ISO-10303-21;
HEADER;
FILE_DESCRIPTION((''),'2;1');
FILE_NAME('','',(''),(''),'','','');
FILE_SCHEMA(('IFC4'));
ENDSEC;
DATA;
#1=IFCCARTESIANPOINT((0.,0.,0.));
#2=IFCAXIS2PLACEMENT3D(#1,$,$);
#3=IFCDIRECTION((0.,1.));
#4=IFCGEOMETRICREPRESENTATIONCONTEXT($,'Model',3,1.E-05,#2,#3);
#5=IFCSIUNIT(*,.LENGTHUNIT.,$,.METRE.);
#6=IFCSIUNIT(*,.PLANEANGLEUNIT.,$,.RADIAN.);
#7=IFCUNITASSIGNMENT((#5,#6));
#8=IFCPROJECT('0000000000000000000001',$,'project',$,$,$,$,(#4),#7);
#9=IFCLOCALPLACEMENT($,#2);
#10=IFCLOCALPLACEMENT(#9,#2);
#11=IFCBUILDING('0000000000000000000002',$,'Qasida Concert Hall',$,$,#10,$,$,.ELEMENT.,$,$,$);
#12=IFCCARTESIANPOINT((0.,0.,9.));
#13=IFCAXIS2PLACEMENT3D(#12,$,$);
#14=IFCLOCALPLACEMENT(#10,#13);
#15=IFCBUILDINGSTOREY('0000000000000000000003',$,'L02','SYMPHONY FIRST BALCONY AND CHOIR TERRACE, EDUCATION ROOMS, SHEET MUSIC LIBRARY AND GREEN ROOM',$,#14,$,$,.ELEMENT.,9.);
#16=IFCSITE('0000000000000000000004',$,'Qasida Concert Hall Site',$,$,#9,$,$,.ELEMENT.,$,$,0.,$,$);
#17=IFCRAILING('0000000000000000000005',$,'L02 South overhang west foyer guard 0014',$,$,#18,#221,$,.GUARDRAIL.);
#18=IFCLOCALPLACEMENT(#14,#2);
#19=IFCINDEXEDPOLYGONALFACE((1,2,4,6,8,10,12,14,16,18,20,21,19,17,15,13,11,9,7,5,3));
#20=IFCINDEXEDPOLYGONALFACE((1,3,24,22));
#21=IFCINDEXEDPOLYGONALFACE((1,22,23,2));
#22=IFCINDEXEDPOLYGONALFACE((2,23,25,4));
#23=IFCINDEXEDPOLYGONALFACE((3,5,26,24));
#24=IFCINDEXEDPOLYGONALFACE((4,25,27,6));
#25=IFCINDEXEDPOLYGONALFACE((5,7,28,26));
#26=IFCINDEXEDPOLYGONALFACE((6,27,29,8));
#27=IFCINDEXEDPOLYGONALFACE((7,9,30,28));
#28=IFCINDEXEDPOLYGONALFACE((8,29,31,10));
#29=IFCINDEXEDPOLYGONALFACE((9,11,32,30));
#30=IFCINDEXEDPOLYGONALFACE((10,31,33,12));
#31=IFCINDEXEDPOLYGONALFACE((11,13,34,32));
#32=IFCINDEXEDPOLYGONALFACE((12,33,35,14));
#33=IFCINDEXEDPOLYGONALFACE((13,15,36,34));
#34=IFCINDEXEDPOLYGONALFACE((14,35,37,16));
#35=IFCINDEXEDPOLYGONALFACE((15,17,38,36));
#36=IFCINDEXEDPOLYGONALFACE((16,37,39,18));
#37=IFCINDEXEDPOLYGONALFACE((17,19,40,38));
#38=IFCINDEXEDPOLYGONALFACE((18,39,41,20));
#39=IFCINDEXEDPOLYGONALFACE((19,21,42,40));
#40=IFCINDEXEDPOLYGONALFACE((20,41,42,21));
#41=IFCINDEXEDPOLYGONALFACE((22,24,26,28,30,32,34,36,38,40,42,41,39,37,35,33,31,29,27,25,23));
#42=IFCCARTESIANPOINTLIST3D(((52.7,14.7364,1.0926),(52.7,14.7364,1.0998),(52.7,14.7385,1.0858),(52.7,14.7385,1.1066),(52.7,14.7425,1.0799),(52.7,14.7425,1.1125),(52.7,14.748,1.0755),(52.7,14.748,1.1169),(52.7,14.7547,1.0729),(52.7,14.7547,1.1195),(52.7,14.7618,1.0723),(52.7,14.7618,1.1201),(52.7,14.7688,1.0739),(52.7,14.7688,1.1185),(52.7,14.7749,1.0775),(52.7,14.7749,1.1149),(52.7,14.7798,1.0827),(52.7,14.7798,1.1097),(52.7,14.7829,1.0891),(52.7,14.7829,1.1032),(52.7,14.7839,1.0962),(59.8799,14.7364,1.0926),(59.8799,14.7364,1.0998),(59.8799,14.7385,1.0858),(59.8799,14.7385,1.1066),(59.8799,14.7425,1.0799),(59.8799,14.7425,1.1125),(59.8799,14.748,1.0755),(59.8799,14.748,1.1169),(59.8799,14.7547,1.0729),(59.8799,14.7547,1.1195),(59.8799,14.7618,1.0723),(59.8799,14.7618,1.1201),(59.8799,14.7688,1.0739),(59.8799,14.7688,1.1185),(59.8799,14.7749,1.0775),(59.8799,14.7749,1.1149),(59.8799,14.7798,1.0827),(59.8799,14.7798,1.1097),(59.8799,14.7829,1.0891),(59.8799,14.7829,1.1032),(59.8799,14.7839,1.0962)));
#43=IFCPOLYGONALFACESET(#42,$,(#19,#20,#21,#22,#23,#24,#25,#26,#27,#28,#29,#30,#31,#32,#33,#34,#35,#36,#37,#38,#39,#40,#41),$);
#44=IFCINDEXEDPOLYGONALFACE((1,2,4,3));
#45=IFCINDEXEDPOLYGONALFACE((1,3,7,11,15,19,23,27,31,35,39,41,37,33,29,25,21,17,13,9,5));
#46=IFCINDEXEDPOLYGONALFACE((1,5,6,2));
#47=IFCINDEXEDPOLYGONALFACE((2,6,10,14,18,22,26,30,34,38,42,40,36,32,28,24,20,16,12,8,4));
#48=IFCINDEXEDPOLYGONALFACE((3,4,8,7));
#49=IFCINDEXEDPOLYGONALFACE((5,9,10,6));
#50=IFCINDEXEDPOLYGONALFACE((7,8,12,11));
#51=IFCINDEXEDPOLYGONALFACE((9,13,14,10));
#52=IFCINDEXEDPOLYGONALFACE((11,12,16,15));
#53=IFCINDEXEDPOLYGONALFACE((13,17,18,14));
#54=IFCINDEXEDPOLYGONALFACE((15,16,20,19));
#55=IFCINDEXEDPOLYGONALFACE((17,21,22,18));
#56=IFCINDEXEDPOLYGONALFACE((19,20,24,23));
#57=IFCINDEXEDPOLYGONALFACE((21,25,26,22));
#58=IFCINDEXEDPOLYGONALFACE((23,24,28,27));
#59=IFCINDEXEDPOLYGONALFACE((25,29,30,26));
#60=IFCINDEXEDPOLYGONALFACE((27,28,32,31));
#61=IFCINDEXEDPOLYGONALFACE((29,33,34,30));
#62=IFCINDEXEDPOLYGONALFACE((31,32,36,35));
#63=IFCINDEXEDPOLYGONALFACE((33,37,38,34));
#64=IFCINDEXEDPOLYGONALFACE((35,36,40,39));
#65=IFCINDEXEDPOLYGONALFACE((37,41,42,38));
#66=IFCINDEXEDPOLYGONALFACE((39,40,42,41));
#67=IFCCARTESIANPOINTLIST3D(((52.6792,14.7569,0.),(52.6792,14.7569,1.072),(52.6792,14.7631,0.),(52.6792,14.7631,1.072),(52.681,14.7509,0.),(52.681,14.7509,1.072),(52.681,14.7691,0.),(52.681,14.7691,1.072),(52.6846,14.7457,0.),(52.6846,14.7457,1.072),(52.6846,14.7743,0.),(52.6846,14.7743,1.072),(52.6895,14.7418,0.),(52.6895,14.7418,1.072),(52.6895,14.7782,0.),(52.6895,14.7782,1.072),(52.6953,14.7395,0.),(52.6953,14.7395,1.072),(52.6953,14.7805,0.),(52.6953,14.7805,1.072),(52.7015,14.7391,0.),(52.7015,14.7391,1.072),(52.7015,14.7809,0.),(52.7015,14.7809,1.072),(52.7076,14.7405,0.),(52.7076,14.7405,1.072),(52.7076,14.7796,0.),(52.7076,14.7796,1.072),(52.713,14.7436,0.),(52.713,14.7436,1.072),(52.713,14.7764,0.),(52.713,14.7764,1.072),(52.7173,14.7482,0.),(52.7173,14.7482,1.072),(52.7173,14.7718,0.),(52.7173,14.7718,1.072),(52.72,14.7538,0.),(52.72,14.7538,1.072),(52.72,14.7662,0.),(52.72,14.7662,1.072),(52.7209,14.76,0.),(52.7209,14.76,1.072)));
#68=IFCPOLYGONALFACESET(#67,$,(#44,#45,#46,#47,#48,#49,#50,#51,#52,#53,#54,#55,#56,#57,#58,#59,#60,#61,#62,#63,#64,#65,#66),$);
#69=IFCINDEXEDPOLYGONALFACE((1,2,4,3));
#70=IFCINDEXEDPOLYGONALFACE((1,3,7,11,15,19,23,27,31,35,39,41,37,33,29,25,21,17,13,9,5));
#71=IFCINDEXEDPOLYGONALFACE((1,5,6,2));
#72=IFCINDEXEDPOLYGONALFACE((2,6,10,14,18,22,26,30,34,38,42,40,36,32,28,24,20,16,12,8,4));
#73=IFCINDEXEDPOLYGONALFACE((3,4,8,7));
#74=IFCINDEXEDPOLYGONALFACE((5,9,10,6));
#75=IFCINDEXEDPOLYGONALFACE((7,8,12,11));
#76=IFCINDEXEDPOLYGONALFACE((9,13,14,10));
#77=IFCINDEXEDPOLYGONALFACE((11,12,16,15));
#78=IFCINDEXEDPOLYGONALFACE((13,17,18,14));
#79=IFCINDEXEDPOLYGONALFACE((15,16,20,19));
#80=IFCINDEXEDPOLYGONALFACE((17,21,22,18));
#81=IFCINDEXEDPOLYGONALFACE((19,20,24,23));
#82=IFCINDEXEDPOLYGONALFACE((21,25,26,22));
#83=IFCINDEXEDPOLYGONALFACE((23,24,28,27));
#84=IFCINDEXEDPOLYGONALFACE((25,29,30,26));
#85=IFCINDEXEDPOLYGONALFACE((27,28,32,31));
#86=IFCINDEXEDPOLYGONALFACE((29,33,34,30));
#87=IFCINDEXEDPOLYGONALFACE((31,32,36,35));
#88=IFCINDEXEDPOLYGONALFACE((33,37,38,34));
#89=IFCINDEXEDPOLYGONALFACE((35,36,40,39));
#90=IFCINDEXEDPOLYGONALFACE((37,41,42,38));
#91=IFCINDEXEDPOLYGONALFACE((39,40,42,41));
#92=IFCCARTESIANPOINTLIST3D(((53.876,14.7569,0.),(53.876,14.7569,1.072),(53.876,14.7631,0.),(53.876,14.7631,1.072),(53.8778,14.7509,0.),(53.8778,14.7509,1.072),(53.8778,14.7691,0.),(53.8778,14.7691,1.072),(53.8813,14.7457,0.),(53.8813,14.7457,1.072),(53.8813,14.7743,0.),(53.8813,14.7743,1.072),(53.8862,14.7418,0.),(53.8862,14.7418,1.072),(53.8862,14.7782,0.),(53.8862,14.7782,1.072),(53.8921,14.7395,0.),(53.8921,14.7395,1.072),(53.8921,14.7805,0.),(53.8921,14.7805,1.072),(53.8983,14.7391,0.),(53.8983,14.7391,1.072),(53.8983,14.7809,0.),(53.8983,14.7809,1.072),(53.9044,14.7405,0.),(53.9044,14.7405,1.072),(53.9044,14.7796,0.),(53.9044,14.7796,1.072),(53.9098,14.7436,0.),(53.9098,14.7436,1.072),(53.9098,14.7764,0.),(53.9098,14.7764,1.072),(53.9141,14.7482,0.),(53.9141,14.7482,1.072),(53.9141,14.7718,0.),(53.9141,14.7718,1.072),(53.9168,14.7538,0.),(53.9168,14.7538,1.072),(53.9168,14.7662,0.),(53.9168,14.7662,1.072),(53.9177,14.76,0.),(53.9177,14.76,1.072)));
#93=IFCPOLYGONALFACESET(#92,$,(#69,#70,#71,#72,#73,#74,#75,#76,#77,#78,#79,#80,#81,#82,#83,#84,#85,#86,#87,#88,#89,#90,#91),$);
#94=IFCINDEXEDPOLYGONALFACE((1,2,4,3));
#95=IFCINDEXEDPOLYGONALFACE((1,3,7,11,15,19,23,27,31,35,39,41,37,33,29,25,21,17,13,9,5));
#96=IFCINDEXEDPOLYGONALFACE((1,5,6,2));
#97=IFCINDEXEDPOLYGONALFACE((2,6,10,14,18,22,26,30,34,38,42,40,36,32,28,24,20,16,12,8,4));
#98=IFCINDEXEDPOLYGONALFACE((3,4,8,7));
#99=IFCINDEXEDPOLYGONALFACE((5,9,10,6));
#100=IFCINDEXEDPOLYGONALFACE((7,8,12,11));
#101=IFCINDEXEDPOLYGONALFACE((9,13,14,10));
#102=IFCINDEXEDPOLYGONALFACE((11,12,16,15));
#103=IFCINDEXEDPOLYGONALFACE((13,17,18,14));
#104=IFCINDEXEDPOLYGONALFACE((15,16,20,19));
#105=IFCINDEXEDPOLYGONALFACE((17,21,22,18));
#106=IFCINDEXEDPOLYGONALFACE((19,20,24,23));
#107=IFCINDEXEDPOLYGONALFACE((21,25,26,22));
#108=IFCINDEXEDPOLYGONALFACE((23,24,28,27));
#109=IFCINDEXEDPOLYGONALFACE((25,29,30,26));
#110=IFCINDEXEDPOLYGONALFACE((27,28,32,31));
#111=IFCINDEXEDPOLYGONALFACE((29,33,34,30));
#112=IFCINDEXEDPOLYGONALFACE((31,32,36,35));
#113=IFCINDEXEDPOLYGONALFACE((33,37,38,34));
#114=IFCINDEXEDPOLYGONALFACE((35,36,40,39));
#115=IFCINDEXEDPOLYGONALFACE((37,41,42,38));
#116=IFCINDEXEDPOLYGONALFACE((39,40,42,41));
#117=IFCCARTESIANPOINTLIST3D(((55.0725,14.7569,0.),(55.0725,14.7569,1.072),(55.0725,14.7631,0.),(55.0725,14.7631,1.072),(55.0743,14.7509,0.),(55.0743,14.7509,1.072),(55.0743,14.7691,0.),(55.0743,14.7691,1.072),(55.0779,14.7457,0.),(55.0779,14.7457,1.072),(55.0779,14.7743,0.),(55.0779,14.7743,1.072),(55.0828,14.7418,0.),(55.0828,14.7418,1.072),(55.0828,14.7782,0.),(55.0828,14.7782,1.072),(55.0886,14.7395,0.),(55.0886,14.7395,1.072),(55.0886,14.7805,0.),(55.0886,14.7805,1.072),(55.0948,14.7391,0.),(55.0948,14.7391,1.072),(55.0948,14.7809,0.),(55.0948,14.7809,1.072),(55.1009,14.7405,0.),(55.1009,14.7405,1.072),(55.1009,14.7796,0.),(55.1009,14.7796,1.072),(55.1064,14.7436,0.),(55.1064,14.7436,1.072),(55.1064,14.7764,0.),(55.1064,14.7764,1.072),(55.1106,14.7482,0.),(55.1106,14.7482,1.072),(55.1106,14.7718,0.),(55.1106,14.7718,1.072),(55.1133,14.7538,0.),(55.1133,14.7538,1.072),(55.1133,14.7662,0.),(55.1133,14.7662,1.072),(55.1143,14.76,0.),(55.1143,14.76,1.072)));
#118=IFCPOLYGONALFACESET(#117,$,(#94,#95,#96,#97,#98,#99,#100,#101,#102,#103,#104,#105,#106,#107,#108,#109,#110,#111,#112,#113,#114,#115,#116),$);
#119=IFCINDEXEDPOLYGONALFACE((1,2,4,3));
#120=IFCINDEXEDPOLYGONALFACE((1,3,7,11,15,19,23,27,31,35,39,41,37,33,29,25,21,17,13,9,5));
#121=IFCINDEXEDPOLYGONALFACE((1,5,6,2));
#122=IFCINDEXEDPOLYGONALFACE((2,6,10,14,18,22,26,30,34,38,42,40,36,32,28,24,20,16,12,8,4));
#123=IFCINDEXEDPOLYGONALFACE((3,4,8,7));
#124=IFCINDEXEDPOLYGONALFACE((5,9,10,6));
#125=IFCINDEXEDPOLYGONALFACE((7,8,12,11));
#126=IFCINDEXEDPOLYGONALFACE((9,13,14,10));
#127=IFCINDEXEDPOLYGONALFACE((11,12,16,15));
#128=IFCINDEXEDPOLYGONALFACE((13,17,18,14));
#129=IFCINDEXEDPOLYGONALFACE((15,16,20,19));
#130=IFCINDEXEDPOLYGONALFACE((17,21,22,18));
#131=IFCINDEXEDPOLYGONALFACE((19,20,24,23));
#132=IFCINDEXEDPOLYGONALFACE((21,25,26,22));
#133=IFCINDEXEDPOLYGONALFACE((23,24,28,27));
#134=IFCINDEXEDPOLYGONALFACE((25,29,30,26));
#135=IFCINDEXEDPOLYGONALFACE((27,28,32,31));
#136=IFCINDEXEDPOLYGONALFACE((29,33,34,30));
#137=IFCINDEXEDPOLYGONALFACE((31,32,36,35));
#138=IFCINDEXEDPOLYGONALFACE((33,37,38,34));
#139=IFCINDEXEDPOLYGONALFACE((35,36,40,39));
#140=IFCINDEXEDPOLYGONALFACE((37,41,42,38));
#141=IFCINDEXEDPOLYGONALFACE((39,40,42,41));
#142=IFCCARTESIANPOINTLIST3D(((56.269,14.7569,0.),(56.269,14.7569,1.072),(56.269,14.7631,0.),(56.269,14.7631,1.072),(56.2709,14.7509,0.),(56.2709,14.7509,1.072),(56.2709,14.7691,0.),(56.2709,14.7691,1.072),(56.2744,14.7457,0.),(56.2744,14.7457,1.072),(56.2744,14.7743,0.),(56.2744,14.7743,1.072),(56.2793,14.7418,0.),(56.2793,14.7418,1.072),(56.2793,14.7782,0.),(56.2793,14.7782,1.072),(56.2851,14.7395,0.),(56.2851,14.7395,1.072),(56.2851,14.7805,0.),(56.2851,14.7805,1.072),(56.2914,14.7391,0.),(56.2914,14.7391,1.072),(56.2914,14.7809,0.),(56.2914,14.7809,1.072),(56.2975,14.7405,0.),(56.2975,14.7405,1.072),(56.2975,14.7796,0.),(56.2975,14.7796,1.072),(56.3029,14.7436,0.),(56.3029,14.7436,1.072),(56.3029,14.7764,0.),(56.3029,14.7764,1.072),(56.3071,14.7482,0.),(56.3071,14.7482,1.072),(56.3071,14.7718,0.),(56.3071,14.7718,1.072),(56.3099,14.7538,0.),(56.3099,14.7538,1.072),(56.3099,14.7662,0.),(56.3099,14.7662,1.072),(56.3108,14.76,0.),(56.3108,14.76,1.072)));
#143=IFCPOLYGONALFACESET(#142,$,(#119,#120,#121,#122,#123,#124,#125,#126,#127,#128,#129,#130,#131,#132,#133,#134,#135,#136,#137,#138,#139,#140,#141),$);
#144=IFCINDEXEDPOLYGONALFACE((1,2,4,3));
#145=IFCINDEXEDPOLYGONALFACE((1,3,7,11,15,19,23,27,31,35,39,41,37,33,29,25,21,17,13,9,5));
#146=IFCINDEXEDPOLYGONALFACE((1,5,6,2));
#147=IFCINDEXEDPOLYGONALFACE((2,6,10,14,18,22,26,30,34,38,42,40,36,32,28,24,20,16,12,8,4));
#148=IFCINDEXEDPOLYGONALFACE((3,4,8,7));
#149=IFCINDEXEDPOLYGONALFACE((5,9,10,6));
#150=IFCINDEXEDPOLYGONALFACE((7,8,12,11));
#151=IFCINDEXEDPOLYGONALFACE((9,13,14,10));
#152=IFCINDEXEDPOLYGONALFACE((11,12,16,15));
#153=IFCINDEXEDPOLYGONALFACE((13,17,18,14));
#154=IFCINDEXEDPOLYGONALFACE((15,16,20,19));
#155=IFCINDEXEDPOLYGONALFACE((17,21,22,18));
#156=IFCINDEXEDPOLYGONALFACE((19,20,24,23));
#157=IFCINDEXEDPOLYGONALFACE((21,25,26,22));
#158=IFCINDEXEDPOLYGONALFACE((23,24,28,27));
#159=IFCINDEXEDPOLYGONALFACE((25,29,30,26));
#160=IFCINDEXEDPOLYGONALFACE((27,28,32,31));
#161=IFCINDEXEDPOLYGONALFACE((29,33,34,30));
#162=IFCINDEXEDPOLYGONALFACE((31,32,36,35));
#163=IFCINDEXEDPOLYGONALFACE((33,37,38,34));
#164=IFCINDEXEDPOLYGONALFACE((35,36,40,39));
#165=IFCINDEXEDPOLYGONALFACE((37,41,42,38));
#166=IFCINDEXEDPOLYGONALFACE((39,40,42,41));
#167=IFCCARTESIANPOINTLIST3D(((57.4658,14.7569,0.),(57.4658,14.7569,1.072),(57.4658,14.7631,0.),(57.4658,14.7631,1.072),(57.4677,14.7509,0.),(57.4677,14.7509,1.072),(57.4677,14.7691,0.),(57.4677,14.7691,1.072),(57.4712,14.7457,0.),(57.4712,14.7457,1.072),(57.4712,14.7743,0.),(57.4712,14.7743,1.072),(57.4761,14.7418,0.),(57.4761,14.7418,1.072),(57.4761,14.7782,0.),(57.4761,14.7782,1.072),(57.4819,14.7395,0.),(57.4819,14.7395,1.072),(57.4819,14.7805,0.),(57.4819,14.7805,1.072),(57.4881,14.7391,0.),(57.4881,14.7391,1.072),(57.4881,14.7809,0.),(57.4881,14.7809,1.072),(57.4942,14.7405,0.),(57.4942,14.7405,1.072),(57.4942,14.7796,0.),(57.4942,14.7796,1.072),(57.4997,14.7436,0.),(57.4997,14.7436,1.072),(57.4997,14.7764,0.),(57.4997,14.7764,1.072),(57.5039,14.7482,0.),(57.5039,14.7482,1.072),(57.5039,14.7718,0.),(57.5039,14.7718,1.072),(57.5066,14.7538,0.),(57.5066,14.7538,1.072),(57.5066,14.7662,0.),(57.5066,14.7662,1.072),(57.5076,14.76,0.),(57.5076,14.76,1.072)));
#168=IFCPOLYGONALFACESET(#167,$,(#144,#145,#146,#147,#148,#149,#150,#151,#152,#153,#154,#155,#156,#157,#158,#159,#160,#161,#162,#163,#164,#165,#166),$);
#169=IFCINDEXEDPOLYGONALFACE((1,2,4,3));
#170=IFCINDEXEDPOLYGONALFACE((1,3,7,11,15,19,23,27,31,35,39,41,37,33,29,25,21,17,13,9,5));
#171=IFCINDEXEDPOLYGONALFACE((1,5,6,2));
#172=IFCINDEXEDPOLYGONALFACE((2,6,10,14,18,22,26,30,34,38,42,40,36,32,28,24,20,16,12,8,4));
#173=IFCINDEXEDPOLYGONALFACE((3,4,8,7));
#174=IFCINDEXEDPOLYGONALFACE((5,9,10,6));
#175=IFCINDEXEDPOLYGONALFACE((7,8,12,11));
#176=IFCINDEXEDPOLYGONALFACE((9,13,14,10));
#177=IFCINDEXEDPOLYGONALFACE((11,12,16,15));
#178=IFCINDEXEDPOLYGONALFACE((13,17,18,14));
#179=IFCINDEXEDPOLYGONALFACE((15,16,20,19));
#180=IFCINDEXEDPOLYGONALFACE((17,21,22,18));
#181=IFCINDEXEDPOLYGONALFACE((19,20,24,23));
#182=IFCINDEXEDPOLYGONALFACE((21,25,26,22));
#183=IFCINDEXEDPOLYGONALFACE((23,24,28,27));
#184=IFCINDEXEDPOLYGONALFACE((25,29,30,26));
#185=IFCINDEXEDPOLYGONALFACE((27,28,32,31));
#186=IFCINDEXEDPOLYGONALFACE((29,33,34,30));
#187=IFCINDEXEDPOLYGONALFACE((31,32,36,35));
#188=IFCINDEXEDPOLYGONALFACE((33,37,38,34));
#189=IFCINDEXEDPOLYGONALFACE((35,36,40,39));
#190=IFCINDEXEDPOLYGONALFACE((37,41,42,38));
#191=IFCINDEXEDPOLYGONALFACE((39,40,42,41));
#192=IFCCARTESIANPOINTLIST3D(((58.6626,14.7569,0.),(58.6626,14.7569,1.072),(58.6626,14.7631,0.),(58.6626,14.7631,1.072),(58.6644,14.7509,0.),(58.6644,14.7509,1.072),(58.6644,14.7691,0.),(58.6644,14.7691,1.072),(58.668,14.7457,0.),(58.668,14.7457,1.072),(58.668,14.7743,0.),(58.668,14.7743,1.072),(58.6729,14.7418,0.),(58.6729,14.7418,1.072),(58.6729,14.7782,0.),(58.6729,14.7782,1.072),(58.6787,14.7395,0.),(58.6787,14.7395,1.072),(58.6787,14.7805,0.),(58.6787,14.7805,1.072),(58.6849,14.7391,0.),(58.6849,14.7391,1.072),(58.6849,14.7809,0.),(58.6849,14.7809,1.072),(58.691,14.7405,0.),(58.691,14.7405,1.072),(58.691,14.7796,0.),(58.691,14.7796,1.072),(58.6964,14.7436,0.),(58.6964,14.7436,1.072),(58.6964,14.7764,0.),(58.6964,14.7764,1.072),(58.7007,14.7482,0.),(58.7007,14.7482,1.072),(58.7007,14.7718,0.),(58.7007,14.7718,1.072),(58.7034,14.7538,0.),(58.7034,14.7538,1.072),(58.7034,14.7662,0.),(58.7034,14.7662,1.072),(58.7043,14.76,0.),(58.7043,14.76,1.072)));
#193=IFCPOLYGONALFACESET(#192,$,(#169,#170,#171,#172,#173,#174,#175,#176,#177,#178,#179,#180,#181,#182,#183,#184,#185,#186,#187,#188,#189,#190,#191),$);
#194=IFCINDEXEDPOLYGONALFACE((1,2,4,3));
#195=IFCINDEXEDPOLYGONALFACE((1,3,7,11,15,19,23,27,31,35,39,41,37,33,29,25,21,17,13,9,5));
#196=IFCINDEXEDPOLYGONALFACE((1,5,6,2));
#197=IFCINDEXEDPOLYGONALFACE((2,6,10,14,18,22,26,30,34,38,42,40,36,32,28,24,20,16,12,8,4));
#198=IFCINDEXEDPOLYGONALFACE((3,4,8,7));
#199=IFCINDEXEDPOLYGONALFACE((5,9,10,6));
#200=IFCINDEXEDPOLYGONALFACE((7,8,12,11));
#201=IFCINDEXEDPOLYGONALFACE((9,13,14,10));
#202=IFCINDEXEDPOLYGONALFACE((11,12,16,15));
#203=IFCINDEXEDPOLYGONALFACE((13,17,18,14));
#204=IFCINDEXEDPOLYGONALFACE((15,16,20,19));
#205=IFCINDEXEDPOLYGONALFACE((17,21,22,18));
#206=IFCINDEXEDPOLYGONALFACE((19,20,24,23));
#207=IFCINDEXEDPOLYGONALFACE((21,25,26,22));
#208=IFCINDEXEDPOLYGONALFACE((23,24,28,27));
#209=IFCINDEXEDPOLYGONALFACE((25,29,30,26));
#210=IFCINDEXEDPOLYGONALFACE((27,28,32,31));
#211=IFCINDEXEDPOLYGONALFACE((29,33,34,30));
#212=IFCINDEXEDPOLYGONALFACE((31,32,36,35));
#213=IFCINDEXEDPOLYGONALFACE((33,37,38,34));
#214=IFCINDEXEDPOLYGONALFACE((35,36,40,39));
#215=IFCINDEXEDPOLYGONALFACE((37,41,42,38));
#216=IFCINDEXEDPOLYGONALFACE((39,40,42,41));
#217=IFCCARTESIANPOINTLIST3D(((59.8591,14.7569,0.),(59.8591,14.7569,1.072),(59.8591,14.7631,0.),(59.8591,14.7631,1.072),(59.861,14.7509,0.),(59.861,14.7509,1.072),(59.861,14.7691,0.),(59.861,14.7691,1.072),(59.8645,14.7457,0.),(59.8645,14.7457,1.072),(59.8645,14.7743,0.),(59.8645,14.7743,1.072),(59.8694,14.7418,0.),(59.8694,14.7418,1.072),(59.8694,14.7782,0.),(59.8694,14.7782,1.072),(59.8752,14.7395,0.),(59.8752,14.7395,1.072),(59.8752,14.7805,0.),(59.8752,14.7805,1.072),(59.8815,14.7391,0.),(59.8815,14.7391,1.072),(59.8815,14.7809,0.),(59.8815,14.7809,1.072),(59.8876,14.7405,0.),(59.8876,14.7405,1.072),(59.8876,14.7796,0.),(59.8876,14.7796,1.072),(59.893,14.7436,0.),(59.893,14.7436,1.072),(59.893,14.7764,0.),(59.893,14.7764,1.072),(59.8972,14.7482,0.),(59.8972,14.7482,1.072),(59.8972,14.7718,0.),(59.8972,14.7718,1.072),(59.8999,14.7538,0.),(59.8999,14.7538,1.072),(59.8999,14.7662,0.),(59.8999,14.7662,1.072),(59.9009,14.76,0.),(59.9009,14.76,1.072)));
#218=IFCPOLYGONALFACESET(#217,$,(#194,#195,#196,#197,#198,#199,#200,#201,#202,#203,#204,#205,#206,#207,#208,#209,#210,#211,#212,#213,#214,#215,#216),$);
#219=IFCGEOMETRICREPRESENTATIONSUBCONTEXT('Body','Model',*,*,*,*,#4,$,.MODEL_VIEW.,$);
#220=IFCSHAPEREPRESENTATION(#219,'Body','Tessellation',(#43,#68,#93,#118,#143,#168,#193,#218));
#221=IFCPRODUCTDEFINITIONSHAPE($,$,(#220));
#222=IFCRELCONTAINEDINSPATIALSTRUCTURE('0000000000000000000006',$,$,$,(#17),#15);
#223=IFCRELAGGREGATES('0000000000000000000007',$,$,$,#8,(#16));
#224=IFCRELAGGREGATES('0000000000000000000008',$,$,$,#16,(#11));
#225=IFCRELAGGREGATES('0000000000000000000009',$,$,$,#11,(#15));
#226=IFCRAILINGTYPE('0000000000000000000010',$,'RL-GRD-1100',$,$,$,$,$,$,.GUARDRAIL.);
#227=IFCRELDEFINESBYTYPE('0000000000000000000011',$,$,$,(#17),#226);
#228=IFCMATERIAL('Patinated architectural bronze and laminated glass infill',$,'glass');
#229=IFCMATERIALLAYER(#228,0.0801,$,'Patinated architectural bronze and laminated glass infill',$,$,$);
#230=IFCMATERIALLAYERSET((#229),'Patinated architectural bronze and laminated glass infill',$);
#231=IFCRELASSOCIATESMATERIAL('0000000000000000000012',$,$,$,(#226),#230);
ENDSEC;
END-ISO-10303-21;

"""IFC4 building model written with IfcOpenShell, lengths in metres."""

from ifc_helpers import new_model, si_unit, direction, frame, origin, origin_2d, place, context, subcontext, project, spatial, circle, extrude, material, layer, layer_set, type_object, element, save


model = new_model("IFC4")

# Units and contexts
model_context = context("Model", 3, precision=1e-05, world=origin(), true_north=direction((0.0, 1.0)))
body_context = subcontext(model_context, "Body", "Model", "MODEL_VIEW")
ifc_project = project(units=[si_unit("LENGTHUNIT", "METRE"), si_unit("PLANEANGLEUNIT", "RADIAN")], contexts=[model_context])

# Site, building, storey
site_placement = place(None, origin())
site = spatial("IfcSite", under=ifc_project, at=site_placement, Name="Qasida Concert Hall Site", CompositionType="ELEMENT", RefElevation=0.0)
building_placement = place(site_placement, origin())
building = spatial("IfcBuilding", under=site, at=building_placement, Name="Qasida Concert Hall", CompositionType="ELEMENT")
storey_placement = place(building_placement, frame((0.0, 0.0, 9.0)))
storey = spatial("IfcBuildingStorey", under=building, at=storey_placement, Name="L02", Description="SYMPHONY FIRST BALCONY AND CHOIR TERRACE, EDUCATION ROOMS, SHEET MUSIC LIBRARY AND GREEN ROOM", CompositionType="ELEMENT", Elevation=9.0)

# Railing
ifc_material_1 = material(Name="Patinated architectural bronze and laminated glass infill", Category="glass")
ifc_layer_1 = layer(ifc_material_1, 0.0801, Name="Patinated architectural bronze and laminated glass infill")
ifc_layer_set_1 = layer_set([ifc_layer_1], Name="Patinated architectural bronze and laminated glass infill")
railing_type = type_object("IfcRailingType", Name="RL-GRD-1100", PredefinedType="GUARDRAIL", material=ifc_layer_set_1)
railing_placement = place(storey_placement, frame((52.7, 14.76, 0.0)))
element("IfcRailing", 1, at=railing_placement, inside=storey, type_object=railing_type, Name="L02 South overhang west foyer guard 0014", PredefinedType="GUARDRAIL", context=body_context, shape_type="SweptSolid", body=[
    extrude(circle(Radius=0.0239, at=origin_2d()), frame((0.0, 0.0, 1.0962), z_axis=(1.0, 0.0, 0.0), x_axis=(0.0, 1.0, 0.0)), (0.0, 0.0, 1.0), 7.1799),
    extrude(circle(Radius=0.021, at=origin_2d()), origin(), (0.0, 0.0, 1.0), 1.072),
    extrude(circle(Radius=0.021, at=origin_2d()), frame((1.1968, 0.0, 0.0)), (0.0, 0.0, 1.0), 1.072),
    extrude(circle(Radius=0.021, at=origin_2d()), frame((2.3933, 0.0, 0.0)), (0.0, 0.0, 1.0), 1.072),
    extrude(circle(Radius=0.021, at=origin_2d()), frame((3.5898, 0.0, 0.0)), (0.0, 0.0, 1.0), 1.072),
    extrude(circle(Radius=0.021, at=origin_2d()), frame((4.7866, 0.0, 0.0)), (0.0, 0.0, 1.0), 1.072),
    extrude(circle(Radius=0.021, at=origin_2d()), frame((5.9834, 0.0, 0.0)), (0.0, 0.0, 1.0), 1.072),
    extrude(circle(Radius=0.021, at=origin_2d()), frame((7.1799, 0.0, 0.0)), (0.0, 0.0, 1.0), 1.072),
])

save(model, "model.ifc")
